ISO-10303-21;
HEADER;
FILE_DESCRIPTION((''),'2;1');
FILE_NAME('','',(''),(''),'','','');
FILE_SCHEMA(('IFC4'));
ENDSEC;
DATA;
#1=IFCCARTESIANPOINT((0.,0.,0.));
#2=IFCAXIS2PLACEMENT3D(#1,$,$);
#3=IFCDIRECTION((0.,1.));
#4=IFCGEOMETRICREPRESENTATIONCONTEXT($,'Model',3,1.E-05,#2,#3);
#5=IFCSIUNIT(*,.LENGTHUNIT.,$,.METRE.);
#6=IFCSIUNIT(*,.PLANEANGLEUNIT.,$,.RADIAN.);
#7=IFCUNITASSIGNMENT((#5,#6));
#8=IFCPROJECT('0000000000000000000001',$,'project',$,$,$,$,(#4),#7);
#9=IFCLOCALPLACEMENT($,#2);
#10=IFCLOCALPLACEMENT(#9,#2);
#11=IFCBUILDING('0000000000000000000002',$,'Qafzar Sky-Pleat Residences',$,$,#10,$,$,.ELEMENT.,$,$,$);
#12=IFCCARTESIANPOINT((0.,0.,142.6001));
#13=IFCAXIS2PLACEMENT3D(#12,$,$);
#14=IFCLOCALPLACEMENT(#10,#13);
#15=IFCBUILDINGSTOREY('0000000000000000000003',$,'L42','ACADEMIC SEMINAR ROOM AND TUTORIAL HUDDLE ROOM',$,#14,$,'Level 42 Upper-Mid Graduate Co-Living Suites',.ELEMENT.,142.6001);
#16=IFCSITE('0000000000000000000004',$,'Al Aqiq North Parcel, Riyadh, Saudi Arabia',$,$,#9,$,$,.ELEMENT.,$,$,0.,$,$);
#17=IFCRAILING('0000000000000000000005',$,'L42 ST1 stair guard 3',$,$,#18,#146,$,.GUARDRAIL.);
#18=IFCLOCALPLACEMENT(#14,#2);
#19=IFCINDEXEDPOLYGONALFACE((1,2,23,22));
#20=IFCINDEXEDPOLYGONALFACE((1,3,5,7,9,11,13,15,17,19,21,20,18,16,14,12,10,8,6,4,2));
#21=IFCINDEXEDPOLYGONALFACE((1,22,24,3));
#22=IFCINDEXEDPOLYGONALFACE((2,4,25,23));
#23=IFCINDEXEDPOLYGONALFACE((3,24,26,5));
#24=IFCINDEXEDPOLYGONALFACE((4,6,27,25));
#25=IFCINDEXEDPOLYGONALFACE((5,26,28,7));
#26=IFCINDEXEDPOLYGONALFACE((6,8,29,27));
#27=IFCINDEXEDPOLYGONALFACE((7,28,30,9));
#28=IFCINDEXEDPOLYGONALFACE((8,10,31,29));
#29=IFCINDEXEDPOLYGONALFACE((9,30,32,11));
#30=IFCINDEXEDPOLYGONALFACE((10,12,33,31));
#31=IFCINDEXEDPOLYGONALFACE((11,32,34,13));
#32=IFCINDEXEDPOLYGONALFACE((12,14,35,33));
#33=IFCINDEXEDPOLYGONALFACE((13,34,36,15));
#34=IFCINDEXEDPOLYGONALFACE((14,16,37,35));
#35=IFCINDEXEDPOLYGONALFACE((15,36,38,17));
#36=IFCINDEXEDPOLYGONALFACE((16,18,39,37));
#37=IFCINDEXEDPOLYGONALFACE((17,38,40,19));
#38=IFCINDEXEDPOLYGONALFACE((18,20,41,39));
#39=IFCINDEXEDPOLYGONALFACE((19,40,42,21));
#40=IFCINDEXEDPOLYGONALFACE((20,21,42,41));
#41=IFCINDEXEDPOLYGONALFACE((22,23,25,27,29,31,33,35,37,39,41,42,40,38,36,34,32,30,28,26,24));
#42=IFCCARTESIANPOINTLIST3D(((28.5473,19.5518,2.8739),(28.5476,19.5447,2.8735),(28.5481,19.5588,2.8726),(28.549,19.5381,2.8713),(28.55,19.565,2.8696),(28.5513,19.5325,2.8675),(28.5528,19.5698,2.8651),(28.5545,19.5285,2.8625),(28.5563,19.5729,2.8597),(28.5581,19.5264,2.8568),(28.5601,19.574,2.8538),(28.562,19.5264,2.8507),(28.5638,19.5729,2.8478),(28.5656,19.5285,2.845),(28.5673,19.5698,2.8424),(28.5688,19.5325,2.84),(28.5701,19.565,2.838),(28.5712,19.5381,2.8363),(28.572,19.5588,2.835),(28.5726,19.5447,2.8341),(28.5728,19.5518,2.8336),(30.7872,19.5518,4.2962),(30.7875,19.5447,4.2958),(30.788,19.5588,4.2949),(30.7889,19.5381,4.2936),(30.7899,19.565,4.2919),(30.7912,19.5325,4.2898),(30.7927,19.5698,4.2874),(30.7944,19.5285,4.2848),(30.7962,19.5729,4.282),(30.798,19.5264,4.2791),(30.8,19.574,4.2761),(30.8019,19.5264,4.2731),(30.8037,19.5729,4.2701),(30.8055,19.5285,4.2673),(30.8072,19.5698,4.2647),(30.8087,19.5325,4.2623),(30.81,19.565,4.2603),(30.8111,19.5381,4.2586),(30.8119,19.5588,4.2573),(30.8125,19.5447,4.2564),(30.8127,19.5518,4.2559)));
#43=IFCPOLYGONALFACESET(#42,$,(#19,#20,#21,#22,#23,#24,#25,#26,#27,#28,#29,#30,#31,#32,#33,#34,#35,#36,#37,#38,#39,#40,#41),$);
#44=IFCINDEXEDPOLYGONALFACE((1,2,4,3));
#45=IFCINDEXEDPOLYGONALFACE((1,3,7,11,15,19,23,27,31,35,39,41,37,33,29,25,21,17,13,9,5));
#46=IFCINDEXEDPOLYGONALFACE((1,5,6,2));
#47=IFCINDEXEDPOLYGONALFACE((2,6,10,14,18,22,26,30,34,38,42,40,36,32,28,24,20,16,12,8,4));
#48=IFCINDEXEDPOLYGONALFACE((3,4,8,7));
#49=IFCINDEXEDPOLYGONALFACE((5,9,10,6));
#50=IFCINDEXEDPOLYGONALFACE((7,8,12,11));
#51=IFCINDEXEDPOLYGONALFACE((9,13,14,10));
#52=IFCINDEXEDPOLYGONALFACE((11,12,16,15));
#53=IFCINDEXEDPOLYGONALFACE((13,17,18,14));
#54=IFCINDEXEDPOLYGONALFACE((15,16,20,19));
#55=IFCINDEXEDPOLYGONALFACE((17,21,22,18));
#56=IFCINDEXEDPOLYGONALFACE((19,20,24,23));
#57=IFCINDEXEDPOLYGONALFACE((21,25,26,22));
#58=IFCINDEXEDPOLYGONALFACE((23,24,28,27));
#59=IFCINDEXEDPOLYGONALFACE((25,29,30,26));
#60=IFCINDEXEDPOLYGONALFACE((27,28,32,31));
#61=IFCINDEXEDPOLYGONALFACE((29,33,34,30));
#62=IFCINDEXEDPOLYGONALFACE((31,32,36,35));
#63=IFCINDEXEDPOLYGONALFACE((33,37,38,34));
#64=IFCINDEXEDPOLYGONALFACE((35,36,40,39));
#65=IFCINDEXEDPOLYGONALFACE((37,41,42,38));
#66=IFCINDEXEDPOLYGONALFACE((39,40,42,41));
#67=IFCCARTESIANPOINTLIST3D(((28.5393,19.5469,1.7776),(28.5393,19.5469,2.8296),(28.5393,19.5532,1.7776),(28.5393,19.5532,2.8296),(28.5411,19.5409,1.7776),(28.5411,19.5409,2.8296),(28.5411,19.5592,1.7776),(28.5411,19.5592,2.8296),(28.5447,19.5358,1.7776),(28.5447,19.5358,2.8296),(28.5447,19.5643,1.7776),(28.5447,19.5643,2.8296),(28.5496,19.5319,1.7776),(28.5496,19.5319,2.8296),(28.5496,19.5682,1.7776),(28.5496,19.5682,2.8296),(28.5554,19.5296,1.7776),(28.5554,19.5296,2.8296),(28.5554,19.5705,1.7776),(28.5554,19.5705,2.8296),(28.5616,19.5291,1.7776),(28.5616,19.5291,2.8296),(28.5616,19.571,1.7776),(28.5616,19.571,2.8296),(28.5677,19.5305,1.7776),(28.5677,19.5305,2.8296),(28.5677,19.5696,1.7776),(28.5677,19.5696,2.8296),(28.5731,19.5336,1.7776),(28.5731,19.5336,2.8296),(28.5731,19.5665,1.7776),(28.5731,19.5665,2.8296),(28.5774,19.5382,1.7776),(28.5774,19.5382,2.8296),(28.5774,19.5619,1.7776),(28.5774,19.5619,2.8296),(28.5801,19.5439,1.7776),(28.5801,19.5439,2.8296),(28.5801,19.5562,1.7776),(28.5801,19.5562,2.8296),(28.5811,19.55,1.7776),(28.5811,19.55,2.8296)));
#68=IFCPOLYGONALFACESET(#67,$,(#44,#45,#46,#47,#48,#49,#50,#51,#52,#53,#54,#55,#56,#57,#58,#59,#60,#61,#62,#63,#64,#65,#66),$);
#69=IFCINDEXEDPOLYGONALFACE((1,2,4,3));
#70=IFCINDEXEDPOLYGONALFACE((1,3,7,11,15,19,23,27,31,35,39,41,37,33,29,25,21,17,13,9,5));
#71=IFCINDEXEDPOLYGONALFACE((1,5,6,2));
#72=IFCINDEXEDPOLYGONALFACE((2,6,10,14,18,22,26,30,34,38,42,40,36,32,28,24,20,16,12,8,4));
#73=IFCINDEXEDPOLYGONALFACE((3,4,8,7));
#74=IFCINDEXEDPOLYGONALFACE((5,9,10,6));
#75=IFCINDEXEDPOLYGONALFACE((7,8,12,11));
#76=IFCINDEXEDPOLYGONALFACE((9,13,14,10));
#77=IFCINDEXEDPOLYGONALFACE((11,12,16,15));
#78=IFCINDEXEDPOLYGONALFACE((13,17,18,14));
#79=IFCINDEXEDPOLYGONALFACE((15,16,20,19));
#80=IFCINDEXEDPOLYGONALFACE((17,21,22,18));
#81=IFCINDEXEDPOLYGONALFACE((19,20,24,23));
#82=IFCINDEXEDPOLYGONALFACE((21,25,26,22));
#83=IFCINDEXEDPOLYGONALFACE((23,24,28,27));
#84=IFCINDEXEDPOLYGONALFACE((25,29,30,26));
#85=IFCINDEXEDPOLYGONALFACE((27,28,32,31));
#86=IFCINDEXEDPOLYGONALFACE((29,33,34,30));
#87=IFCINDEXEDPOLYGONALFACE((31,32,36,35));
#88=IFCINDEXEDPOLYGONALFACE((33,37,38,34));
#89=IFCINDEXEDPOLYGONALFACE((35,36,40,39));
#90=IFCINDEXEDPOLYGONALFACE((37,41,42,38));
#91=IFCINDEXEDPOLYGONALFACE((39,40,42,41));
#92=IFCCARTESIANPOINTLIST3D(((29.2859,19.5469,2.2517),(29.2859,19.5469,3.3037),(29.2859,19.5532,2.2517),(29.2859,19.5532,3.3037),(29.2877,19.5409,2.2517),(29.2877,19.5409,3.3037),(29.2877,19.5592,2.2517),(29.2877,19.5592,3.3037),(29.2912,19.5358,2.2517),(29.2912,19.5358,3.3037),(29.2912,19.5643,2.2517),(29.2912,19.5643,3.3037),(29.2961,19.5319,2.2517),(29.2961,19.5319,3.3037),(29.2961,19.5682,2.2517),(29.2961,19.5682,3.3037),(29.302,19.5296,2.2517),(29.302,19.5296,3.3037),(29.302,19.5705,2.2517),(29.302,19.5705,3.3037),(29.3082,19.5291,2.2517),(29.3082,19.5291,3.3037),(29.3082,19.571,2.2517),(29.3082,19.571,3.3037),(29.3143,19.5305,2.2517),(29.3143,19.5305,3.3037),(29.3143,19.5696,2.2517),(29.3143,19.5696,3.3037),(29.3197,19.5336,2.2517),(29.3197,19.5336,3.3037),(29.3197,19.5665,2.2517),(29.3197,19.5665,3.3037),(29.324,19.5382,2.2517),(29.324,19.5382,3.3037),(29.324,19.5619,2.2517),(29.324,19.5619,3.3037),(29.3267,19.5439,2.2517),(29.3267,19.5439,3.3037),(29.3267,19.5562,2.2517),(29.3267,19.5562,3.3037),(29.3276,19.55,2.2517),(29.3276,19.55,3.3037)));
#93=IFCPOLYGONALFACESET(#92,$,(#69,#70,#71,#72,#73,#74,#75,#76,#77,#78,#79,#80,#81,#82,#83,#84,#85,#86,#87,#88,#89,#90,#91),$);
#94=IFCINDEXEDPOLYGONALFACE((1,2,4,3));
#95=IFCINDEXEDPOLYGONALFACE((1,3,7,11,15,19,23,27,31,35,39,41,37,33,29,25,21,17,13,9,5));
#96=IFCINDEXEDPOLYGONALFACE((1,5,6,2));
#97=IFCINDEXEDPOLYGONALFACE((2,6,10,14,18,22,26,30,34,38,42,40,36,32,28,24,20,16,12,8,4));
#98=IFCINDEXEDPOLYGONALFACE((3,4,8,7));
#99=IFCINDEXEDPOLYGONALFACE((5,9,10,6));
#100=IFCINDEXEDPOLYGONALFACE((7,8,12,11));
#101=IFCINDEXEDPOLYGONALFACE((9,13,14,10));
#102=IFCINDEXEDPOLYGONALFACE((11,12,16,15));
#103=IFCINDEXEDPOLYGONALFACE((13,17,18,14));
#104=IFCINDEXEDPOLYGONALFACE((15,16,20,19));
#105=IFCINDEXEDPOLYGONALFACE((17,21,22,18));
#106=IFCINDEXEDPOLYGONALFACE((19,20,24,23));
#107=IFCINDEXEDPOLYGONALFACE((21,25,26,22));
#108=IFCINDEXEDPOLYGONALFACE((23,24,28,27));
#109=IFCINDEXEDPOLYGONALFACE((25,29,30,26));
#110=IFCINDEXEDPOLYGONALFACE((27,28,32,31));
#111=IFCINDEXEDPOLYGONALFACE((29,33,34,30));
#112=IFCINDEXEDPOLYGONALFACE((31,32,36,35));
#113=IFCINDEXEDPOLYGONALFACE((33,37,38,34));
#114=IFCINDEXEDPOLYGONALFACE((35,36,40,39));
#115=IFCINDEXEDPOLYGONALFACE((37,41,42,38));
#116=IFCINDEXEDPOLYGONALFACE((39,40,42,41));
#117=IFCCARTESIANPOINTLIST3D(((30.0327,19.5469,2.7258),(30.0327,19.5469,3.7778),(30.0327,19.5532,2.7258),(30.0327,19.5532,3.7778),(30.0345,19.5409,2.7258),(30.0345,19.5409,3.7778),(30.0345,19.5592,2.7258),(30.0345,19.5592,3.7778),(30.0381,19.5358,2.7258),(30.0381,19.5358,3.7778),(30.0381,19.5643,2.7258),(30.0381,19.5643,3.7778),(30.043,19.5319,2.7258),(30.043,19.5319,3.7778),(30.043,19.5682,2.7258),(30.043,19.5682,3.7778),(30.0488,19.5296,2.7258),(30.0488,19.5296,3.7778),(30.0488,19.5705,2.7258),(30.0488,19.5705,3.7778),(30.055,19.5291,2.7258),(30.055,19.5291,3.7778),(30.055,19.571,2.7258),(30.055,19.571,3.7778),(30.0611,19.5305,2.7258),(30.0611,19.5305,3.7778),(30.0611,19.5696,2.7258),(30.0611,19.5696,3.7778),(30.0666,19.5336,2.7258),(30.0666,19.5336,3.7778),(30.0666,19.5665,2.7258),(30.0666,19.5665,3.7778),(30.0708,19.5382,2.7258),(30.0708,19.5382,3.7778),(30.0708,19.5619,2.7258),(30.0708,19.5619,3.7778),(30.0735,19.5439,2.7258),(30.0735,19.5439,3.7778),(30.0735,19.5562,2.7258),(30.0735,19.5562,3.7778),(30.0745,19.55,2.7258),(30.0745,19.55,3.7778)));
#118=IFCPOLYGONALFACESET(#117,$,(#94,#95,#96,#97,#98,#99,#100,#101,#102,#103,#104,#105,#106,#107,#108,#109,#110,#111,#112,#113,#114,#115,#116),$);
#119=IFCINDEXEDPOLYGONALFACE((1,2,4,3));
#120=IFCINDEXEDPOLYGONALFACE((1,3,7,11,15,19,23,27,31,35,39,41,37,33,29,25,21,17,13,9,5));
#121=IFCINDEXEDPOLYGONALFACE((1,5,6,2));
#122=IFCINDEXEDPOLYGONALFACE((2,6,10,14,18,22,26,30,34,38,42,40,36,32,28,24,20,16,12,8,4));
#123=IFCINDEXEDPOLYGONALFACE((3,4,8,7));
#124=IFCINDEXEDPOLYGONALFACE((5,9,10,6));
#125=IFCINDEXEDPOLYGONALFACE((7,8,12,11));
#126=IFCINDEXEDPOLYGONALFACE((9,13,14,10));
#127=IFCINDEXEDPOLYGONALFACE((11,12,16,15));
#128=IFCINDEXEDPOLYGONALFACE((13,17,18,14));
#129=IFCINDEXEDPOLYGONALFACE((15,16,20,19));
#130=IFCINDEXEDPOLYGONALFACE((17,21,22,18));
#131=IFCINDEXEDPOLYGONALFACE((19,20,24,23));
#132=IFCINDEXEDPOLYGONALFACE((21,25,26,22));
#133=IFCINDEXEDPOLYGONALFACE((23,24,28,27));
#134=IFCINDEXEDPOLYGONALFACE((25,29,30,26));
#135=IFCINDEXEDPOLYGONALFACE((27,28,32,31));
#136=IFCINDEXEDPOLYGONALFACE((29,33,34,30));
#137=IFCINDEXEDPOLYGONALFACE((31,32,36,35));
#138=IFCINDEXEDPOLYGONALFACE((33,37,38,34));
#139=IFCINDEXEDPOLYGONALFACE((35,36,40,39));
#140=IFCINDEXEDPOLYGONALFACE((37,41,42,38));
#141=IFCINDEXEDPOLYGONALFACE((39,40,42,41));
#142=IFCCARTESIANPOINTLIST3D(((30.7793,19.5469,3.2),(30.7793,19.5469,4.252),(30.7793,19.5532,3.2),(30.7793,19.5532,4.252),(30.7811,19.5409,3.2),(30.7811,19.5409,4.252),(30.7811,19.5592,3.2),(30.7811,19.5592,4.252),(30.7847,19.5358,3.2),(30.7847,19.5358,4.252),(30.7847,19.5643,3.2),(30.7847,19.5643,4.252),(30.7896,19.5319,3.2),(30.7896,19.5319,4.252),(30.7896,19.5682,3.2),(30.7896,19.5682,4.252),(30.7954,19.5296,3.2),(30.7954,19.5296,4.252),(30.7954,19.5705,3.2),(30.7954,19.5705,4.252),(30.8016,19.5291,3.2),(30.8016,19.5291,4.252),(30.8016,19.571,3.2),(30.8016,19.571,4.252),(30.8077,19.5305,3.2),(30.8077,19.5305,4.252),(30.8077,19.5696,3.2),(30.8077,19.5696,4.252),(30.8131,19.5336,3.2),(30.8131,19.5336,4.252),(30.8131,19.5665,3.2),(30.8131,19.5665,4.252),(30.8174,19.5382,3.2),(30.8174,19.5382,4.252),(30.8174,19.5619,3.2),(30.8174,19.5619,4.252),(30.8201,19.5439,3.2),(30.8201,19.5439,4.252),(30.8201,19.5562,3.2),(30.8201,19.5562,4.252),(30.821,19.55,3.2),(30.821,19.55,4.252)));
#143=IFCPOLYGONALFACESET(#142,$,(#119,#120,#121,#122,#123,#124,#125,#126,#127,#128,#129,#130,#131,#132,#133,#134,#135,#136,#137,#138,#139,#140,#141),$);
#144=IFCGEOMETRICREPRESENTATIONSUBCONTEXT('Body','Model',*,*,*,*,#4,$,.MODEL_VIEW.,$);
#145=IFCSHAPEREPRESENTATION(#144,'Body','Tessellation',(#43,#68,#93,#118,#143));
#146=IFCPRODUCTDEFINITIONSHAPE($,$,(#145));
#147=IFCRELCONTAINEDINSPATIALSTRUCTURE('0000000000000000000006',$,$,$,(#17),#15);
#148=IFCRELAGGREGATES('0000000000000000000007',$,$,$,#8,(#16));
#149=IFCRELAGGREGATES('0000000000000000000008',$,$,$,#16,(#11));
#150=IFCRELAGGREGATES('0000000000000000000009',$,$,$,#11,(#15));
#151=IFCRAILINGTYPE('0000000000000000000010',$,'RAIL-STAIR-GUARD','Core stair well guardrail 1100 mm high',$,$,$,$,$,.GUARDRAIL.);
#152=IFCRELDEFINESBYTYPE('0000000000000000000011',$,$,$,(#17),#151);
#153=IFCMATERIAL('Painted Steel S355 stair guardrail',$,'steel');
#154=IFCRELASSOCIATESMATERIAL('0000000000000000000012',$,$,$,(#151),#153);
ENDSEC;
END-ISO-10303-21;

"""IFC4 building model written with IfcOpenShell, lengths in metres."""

from ifc_helpers import new_model, si_unit, direction, frame, origin, origin_2d, place, context, subcontext, project, spatial, circle, extrude, source, transform, mapped, material, type_object, element, save


model = new_model("IFC4")

# Units and contexts
model_context = context("Model", 3, precision=1e-05, world=origin(), true_north=direction((0.0, 1.0)))
body_context = subcontext(model_context, "Body", "Model", "MODEL_VIEW")
ifc_project = project(units=[si_unit("LENGTHUNIT", "METRE"), si_unit("PLANEANGLEUNIT", "RADIAN")], contexts=[model_context])

# Site, building, storey
site_placement = place(None, origin())
site = spatial("IfcSite", under=ifc_project, at=site_placement, Name="Al Aqiq North Parcel, Riyadh, Saudi Arabia", CompositionType="ELEMENT", RefElevation=0.0)
building_placement = place(site_placement, origin())
building = spatial("IfcBuilding", under=site, at=building_placement, Name="Qafzar Sky-Pleat Residences", CompositionType="ELEMENT")
storey_placement = place(building_placement, frame((0.0, 0.0, 142.6001)))
storey = spatial("IfcBuildingStorey", under=building, at=storey_placement, Name="L42", Description="ACADEMIC SEMINAR ROOM AND TUTORIAL HUDDLE ROOM", LongName="Level 42 Upper-Mid Graduate Co-Living Suites", CompositionType="ELEMENT", Elevation=142.6001)

# Railing
ifc_material_1 = material(Name="Painted Steel S355 stair guardrail", Category="steel")
railing_type_1 = type_object("IfcRailingType", Name="RAIL-STAIR-GUARD", Description="Core stair well guardrail 1100 mm high", PredefinedType="GUARDRAIL", material=ifc_material_1)
shared_shape_1 = source(origin(), body_context, "Body", "SweptSolid", [
    extrude(circle(Radius=0.0239, at=origin_2d()), frame((0.0, 0.0, 1.0762), z_axis=(0.844188, 0.0, 0.536048), x_axis=(0.0, 1.0, 0.0)), (0.0, 0.0, 1.0), 2.6533),
    extrude(circle(Radius=0.021, at=origin_2d()), origin(), (0.0, 0.0, 1.0), 1.052),
    extrude(circle(Radius=0.021, at=origin_2d()), frame((0.7466, 0.0, 0.4741)), (0.0, 0.0, 1.0), 1.052),
    extrude(circle(Radius=0.021, at=origin_2d()), frame((1.4934, 0.0, 0.9482)), (0.0, 0.0, 1.0), 1.052),
    extrude(circle(Radius=0.021, at=origin_2d()), frame((2.24, 0.0, 1.4224)), (0.0, 0.0, 1.0), 1.052),
])
railing_1_placement = place(storey_placement, frame((28.5601, 19.55, 1.7776)))
element("IfcRailing", 1, at=railing_1_placement, inside=storey, type_object=railing_type_1, Name="L42 ST1 stair guard 3", PredefinedType="GUARDRAIL", context=body_context, shape_type="MappedRepresentation", body=[
    mapped(shared_shape_1, transform((0.0, 0.0, 0.0), x_axis=(1.0, 0.0, 0.0), y_axis=(0.0, 1.0, 0.0), z_axis=(0.0, 0.0, 1.0), scale=1.0)),
])

save(model, "model.ifc")
